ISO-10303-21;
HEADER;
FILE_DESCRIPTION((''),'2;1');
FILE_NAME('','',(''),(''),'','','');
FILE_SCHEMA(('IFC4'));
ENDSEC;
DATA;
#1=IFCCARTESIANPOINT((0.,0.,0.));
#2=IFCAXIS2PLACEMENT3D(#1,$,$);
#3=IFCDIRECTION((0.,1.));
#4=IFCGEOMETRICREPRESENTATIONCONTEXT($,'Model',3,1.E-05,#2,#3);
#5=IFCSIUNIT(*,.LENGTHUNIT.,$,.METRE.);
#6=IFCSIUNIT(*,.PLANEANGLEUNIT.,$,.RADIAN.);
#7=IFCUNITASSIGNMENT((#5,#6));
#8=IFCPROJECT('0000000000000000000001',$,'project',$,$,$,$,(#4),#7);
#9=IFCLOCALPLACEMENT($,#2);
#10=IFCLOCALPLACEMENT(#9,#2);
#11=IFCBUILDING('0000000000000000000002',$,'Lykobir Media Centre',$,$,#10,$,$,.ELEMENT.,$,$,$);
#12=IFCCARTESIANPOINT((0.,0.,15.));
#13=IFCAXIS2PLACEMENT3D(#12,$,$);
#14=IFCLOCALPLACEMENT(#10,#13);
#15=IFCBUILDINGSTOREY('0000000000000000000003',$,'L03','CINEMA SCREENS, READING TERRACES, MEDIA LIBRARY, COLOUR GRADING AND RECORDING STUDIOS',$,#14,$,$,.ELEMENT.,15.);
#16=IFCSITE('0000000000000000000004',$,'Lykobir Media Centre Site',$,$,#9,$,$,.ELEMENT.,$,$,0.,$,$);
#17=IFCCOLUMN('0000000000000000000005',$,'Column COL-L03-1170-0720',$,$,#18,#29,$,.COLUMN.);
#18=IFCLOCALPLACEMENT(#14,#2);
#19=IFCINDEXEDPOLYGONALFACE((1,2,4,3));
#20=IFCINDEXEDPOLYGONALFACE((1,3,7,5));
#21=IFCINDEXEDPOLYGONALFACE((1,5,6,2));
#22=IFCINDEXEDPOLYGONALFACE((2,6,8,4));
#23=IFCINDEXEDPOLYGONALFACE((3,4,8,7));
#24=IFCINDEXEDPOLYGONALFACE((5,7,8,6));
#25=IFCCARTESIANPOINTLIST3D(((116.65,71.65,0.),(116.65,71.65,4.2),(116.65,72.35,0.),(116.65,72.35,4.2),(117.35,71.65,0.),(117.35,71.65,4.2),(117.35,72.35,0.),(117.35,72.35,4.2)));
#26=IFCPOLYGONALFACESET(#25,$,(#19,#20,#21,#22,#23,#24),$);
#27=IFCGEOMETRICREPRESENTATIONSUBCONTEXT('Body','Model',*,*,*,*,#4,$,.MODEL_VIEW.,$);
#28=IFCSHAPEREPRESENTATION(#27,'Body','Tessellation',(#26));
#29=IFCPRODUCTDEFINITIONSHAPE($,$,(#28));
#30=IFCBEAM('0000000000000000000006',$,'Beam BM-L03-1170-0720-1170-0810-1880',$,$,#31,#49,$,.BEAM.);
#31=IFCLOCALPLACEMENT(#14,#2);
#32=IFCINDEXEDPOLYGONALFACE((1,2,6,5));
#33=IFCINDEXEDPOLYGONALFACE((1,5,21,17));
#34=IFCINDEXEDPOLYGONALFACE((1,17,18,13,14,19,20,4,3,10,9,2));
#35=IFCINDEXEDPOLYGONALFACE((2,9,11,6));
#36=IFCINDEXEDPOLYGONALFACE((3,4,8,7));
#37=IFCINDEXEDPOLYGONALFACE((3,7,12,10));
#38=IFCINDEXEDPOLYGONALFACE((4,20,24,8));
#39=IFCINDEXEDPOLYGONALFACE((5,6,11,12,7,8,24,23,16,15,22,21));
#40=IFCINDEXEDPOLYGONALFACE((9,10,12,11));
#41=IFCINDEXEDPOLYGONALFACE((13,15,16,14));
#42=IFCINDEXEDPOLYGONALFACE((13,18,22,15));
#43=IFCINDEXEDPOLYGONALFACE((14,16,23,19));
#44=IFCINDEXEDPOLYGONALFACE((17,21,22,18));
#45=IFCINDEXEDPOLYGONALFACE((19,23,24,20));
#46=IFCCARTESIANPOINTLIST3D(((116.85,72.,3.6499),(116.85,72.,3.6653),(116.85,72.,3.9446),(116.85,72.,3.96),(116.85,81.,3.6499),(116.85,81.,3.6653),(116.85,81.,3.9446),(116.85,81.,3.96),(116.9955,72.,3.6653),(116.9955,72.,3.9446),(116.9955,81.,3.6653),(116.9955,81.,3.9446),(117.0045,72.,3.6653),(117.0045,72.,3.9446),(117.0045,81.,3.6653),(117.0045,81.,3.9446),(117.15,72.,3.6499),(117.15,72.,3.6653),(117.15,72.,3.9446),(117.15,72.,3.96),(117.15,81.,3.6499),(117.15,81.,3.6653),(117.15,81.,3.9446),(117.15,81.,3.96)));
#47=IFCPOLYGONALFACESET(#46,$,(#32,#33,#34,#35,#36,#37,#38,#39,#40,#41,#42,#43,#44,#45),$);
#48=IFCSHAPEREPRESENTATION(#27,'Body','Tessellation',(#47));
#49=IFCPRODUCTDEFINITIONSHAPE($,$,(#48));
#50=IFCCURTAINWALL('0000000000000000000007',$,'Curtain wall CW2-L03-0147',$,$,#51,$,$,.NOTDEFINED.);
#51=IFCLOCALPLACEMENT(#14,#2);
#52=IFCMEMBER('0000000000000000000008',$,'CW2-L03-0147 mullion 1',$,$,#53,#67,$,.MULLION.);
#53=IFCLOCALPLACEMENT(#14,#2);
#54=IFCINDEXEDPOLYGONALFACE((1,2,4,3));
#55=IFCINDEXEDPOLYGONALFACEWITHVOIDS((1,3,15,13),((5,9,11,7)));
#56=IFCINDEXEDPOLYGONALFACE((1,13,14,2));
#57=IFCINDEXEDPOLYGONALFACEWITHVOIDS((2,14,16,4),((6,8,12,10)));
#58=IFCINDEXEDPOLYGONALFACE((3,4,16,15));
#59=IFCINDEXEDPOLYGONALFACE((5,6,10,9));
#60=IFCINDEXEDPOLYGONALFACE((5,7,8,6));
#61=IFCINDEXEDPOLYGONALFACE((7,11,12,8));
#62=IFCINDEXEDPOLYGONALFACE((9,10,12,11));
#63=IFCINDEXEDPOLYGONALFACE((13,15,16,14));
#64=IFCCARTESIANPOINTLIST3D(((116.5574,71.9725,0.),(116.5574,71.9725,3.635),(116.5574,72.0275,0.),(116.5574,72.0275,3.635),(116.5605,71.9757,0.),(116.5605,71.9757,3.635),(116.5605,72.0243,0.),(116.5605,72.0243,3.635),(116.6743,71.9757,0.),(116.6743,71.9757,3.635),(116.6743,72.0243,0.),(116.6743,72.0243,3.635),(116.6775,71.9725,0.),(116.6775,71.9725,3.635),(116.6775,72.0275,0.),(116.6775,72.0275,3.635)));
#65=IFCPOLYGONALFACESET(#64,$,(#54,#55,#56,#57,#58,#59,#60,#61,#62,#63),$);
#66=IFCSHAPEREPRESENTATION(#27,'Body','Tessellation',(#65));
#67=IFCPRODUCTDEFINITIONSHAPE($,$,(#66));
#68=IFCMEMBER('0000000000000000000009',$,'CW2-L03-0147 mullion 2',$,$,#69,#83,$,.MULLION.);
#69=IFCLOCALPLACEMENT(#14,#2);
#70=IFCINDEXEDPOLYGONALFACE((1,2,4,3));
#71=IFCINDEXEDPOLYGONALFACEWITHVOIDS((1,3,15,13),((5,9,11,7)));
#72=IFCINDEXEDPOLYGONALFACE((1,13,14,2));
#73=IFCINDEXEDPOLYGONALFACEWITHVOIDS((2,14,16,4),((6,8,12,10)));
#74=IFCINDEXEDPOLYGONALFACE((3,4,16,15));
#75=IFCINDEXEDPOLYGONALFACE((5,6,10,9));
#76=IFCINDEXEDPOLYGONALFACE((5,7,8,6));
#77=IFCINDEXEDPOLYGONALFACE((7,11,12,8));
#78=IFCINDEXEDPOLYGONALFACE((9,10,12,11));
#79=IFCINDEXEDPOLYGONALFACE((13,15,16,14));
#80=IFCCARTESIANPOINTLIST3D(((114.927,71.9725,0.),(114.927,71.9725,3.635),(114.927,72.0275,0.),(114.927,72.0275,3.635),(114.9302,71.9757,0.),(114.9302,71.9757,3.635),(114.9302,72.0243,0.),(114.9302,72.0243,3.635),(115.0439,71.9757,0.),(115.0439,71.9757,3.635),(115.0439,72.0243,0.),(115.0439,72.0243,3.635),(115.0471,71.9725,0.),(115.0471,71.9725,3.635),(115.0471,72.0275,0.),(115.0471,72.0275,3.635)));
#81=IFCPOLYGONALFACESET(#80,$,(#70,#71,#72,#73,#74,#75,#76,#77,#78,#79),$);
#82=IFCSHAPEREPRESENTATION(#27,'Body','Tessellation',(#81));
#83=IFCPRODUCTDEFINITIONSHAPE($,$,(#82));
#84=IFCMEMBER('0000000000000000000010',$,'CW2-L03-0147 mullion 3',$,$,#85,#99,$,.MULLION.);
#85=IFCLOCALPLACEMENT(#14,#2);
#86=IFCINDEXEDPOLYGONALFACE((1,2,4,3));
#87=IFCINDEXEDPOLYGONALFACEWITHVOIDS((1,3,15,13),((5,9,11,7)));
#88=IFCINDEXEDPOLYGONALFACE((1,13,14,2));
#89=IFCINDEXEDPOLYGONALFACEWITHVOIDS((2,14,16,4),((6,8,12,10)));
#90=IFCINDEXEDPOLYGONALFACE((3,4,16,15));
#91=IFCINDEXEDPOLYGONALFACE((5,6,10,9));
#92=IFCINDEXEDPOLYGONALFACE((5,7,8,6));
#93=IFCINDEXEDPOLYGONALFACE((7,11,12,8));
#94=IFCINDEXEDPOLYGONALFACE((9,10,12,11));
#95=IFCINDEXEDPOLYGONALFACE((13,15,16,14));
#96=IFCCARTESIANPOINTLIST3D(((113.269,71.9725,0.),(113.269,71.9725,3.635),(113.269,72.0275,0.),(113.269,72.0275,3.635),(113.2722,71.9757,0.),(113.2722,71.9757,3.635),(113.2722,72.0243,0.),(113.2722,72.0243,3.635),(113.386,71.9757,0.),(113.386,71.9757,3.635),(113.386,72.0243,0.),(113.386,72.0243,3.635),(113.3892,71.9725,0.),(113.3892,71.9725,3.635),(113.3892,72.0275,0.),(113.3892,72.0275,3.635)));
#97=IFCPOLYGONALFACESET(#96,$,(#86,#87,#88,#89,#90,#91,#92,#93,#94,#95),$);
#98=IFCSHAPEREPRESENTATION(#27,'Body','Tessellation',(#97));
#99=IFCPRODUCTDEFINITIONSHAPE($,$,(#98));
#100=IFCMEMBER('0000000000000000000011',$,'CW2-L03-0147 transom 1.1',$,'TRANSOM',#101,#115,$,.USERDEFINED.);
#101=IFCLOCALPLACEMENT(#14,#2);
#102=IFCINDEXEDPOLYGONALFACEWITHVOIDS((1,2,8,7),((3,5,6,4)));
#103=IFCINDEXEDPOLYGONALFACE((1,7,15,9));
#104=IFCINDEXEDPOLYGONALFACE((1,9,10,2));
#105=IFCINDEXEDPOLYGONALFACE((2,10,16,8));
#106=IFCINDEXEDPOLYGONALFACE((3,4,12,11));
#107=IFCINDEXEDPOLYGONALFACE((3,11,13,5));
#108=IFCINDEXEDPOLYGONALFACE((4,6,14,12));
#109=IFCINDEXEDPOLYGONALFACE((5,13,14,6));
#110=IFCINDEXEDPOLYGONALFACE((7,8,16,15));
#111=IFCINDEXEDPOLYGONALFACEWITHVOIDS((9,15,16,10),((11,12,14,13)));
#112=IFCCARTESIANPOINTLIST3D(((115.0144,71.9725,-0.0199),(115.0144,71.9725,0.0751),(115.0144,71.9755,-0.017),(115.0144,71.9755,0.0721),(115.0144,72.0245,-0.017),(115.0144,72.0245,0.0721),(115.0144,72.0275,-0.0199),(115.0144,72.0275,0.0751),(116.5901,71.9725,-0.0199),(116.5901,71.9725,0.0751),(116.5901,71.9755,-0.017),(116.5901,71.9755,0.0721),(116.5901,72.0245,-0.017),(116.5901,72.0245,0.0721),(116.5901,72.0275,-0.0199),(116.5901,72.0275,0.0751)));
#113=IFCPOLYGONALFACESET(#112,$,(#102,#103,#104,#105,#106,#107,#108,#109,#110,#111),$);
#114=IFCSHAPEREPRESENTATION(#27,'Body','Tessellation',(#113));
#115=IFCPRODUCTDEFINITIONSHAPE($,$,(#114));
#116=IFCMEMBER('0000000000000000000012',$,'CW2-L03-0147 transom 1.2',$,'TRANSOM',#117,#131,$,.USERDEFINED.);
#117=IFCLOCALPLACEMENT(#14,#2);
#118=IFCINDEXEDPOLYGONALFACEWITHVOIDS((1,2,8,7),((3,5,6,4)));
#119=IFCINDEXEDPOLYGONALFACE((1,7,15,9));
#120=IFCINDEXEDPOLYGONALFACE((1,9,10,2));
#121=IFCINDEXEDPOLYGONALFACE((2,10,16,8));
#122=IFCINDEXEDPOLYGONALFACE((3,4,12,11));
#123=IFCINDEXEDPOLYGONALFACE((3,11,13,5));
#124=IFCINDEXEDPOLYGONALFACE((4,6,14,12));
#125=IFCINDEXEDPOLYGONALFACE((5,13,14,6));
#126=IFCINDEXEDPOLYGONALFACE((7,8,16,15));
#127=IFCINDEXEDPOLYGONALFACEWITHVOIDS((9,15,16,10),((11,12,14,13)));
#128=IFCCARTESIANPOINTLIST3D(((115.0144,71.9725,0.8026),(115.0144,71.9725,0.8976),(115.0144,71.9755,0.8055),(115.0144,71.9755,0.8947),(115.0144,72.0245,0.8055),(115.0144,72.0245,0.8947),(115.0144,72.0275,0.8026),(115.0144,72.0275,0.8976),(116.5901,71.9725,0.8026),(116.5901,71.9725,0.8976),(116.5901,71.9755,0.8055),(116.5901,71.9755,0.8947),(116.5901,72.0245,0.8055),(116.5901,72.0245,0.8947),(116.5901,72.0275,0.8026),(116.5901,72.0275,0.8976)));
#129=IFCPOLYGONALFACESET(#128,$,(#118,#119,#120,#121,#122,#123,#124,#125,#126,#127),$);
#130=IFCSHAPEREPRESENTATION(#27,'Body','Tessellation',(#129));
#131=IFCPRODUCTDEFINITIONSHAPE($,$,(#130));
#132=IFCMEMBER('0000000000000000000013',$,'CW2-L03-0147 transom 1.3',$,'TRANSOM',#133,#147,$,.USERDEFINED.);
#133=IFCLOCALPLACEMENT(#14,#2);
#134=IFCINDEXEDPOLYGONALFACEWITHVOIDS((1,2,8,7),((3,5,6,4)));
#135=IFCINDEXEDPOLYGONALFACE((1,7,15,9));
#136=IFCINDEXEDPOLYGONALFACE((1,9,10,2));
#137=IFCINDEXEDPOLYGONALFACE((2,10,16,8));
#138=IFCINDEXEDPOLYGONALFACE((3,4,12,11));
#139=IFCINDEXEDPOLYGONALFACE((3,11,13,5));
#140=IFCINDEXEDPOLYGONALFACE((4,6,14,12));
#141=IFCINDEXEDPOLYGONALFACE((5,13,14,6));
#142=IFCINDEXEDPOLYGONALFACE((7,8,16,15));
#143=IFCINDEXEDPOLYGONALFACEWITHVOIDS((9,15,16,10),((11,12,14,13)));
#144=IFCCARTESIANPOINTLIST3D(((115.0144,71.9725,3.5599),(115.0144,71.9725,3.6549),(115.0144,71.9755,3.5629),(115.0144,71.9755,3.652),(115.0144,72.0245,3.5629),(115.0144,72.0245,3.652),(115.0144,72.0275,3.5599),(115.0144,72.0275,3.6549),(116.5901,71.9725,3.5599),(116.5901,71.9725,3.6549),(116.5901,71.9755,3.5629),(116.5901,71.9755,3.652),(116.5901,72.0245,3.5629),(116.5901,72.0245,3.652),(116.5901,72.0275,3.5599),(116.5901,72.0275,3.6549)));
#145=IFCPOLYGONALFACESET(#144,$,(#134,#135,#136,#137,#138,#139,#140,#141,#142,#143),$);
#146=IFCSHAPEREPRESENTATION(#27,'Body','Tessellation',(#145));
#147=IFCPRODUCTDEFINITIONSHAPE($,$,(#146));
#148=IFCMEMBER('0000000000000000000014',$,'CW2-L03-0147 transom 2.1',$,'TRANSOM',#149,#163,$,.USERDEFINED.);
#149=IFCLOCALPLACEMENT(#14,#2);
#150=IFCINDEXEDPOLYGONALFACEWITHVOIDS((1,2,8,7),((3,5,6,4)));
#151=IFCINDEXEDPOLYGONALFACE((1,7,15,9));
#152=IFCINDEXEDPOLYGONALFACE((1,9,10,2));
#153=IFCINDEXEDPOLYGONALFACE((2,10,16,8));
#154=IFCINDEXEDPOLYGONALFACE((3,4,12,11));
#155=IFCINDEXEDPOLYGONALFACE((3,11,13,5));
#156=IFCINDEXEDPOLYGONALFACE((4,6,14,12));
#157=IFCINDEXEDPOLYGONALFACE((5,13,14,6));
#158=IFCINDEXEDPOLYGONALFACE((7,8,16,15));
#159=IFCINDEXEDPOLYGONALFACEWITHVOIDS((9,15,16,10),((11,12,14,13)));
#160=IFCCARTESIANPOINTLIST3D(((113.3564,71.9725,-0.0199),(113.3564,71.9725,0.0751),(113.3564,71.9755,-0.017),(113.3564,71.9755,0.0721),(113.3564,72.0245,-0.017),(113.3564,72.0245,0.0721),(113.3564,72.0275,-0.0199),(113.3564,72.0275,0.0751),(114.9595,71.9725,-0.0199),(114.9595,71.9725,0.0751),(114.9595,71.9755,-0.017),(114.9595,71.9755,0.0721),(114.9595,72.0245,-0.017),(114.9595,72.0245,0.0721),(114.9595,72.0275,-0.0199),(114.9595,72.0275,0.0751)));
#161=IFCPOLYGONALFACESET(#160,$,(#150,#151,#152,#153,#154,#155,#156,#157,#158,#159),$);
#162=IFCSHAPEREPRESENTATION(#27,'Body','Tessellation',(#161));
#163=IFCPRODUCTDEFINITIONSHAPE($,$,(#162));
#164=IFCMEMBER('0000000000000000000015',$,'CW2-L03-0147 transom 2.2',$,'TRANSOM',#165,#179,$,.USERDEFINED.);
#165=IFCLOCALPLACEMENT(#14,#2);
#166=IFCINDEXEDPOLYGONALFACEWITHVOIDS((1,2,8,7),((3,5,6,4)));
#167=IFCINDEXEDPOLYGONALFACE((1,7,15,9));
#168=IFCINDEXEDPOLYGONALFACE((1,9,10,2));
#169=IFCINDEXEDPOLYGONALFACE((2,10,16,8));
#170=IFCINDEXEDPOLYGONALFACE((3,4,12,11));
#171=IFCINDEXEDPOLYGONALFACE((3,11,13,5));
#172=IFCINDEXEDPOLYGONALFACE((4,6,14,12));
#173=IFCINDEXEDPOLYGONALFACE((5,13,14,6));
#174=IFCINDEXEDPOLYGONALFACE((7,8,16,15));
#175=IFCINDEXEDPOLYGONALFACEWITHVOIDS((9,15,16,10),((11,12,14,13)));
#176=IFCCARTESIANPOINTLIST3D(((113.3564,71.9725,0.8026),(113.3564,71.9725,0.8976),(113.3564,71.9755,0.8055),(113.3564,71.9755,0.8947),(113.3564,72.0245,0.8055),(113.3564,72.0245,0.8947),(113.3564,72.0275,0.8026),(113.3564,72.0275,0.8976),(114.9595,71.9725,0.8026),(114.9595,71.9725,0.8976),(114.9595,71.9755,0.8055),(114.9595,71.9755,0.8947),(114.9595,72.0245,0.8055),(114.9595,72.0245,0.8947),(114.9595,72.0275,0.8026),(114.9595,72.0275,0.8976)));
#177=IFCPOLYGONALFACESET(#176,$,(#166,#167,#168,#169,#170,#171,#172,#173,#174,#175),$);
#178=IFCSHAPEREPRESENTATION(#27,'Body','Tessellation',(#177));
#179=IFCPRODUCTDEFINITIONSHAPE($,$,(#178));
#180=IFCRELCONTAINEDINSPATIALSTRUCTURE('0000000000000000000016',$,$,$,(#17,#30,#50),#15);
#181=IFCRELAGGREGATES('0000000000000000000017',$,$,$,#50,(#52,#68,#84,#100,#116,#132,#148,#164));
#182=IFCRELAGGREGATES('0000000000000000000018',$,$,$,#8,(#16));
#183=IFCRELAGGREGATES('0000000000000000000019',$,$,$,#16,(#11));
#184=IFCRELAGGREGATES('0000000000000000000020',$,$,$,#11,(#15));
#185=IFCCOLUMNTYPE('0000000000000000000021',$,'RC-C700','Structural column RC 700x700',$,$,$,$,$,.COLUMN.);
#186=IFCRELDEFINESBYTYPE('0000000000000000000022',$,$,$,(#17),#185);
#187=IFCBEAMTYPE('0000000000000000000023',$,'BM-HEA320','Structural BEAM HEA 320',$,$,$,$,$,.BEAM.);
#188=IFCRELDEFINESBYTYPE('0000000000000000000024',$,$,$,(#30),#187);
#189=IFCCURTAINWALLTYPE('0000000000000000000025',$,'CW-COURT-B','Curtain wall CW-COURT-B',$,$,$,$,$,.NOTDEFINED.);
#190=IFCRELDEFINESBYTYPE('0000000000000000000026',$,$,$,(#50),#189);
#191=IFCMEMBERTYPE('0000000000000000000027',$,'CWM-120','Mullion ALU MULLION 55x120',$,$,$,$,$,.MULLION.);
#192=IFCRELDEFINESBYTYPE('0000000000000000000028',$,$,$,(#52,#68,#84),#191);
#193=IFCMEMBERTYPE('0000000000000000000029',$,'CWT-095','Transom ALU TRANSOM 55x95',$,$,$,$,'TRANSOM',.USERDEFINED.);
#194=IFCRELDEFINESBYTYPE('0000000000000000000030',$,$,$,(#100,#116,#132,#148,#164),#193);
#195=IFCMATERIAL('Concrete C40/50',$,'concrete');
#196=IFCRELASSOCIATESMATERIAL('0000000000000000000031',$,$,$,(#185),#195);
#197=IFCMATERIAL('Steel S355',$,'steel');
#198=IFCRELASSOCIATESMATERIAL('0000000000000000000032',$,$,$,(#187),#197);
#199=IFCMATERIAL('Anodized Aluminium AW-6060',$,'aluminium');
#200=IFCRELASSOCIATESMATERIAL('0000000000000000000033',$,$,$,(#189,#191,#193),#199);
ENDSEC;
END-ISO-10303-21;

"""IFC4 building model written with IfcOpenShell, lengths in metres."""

from ifc_helpers import new_model, si_unit, direction, frame, origin, origin_2d, place, context, subcontext, project, spatial, rectangle, hollow_rectangle, i_section, extrude, material, material_profile, profile_set, type_object, element, aggregate, save


model = new_model("IFC4")

# Units and contexts
model_context = context("Model", 3, precision=1e-05, world=origin(), true_north=direction((0.0, 1.0)))
body_context = subcontext(model_context, "Body", "Model", "MODEL_VIEW")
ifc_project = project(units=[si_unit("LENGTHUNIT", "METRE"), si_unit("PLANEANGLEUNIT", "RADIAN")], contexts=[model_context])

# Site, building, storey
site_placement = place(None, origin())
site = spatial("IfcSite", under=ifc_project, at=site_placement, Name="Lykobir Media Centre Site", CompositionType="ELEMENT", RefElevation=0.0)
building_placement = place(site_placement, origin())
building = spatial("IfcBuilding", under=site, at=building_placement, Name="Lykobir Media Centre", CompositionType="ELEMENT")
storey_placement = place(building_placement, frame((0.0, 0.0, 15.0)))
storey = spatial("IfcBuildingStorey", under=building, at=storey_placement, Name="L03", Description="CINEMA SCREENS, READING TERRACES, MEDIA LIBRARY, COLOUR GRADING AND RECORDING STUDIOS", CompositionType="ELEMENT", Elevation=15.0)

# Column
ifc_material_1 = material(Name="Concrete C40/50", Category="concrete")
ifc_material_profile_1 = material_profile(ifc_material_1, rectangle(XDim=0.7, YDim=0.7, at=origin_2d()), Name="RC 700x700")
ifc_profile_set_1 = profile_set([ifc_material_profile_1], Name="Concrete C40/50")
column_type = type_object("IfcColumnType", Name="RC-C700", Description="Structural column RC 700x700", PredefinedType="COLUMN", material=ifc_profile_set_1)
column_placement = place(storey_placement, frame((117.0, 72.0, 0.0), z_axis=(0.0, 0.0, 1.0), x_axis=(1.0, 0.0, 0.0)))
element("IfcColumn", 1, at=column_placement, inside=storey, type_object=column_type, Name="Column COL-L03-1170-0720", PredefinedType="COLUMN", context=body_context, shape_type="SweptSolid", body=[
    extrude(rectangle(XDim=0.7, YDim=0.7, at=origin_2d()), origin(), (0.0, 0.0, 1.0), 4.2),
])

# Beam
ifc_material_2 = material(Name="Steel S355", Category="steel")
ifc_material_profile_2 = material_profile(ifc_material_2, i_section(OverallWidth=0.3, OverallDepth=0.3101, WebThickness=0.009, FlangeThickness=0.0154, at=origin_2d()), Name="HEA 320")
ifc_profile_set_2 = profile_set([ifc_material_profile_2], Name="Steel S355")
beam_type_1 = type_object("IfcBeamType", Name="BM-HEA320", Description="Structural BEAM HEA 320", PredefinedType="BEAM", material=ifc_profile_set_2)
beam_1_placement = place(storey_placement, frame((117.0, 72.0, 3.8049), z_axis=(0.0, 1.0, 0.0), x_axis=(-1.0, 0.0, 0.0)))
element("IfcBeam", 2, at=beam_1_placement, inside=storey, type_object=beam_type_1, Name="Beam BM-L03-1170-0720-1170-0810-1880", PredefinedType="BEAM", context=body_context, shape_type="SweptSolid", body=[
    extrude(i_section(OverallWidth=0.3, OverallDepth=0.3101, WebThickness=0.009, FlangeThickness=0.0154, at=origin_2d()), origin(), (0.0, 0.0, 1.0), 9.0),
])

# Curtain wall, members
ifc_material_3 = material(Name="Anodized Aluminium AW-6060", Category="aluminium")
curtain_wall_type = type_object("IfcCurtainWallType", Name="CW-COURT-B", Description="Curtain wall CW-COURT-B", PredefinedType="NOTDEFINED", material=ifc_material_3)
curtain_wall_placement = place(storey_placement, origin())
curtain_wall = element("IfcCurtainWall", 3, at=curtain_wall_placement, inside=storey, type_object=curtain_wall_type, Name="Curtain wall CW2-L03-0147", PredefinedType="NOTDEFINED")
ifc_material_profile_3 = material_profile(ifc_material_3, hollow_rectangle(XDim=0.0549, YDim=0.1201, WallThickness=0.0032, at=origin_2d()), Name="ALU MULLION 55x120")
ifc_profile_set_3 = profile_set([ifc_material_profile_3], Name="Anodized Aluminium AW-6060")
member_type_1 = type_object("IfcMemberType", Name="CWM-120", Description="Mullion ALU MULLION 55x120", PredefinedType="MULLION", material=ifc_profile_set_3)
member_1_placement = place(storey_placement, frame((116.6174, 72.0, 0.0), z_axis=(0.0, 0.0, 1.0), x_axis=(0.0, -1.0, 0.0)))
member_1 = element("IfcMember", 4, at=member_1_placement, type_object=member_type_1, Name="CW2-L03-0147 mullion 1", PredefinedType="MULLION", context=body_context, shape_type="SweptSolid", body=[
    extrude(hollow_rectangle(XDim=0.0549, YDim=0.1201, WallThickness=0.0032, at=origin_2d()), origin(), (0.0, 0.0, 1.0), 3.635),
])
member_2_placement = place(storey_placement, frame((114.9871, 72.0, 0.0), z_axis=(0.0, 0.0, 1.0), x_axis=(0.0, -1.0, 0.0)))
member_2 = element("IfcMember", 5, at=member_2_placement, type_object=member_type_1, Name="CW2-L03-0147 mullion 2", PredefinedType="MULLION", context=body_context, shape_type="SweptSolid", body=[
    extrude(hollow_rectangle(XDim=0.0549, YDim=0.1201, WallThickness=0.0032, at=origin_2d()), origin(), (0.0, 0.0, 1.0), 3.635),
])
member_3_placement = place(storey_placement, frame((113.3291, 72.0, 0.0), z_axis=(0.0, 0.0, 1.0), x_axis=(0.0, -1.0, 0.0)))
member_3 = element("IfcMember", 6, at=member_3_placement, type_object=member_type_1, Name="CW2-L03-0147 mullion 3", PredefinedType="MULLION", context=body_context, shape_type="SweptSolid", body=[
    extrude(hollow_rectangle(XDim=0.0549, YDim=0.1201, WallThickness=0.0032, at=origin_2d()), origin(), (0.0, 0.0, 1.0), 3.635),
])
ifc_material_profile_4 = material_profile(ifc_material_3, hollow_rectangle(XDim=0.0549, YDim=0.095, WallThickness=0.0029, at=origin_2d()), Name="ALU TRANSOM 55x95")
ifc_profile_set_4 = profile_set([ifc_material_profile_4], Name="Anodized Aluminium AW-6060")
member_type_2 = type_object("IfcMemberType", Name="CWT-095", Description="Transom ALU TRANSOM 55x95", ElementType="TRANSOM", PredefinedType="USERDEFINED", material=ifc_profile_set_4)
member_4_placement = place(storey_placement, frame((116.5901, 72.0, 0.0276), z_axis=(-1.0, 0.0, 0.0), x_axis=(0.0, -1.0, 0.0)))
member_4 = element("IfcMember", 7, at=member_4_placement, type_object=member_type_2, Name="CW2-L03-0147 transom 1.1", ObjectType="TRANSOM", PredefinedType="USERDEFINED", context=body_context, shape_type="SweptSolid", body=[
    extrude(hollow_rectangle(XDim=0.0549, YDim=0.095, WallThickness=0.0029, at=origin_2d()), origin(), (0.0, 0.0, 1.0), 1.5757),
])
member_5_placement = place(storey_placement, frame((116.5901, 72.0, 0.8501), z_axis=(-1.0, 0.0, 0.0), x_axis=(0.0, -1.0, 0.0)))
member_5 = element("IfcMember", 8, at=member_5_placement, type_object=member_type_2, Name="CW2-L03-0147 transom 1.2", ObjectType="TRANSOM", PredefinedType="USERDEFINED", context=body_context, shape_type="SweptSolid", body=[
    extrude(hollow_rectangle(XDim=0.0549, YDim=0.095, WallThickness=0.0029, at=origin_2d()), origin(), (0.0, 0.0, 1.0), 1.5757),
])
member_6_placement = place(storey_placement, frame((116.5901, 72.0, 3.6074), z_axis=(-1.0, 0.0, 0.0), x_axis=(0.0, -1.0, 0.0)))
member_6 = element("IfcMember", 9, at=member_6_placement, type_object=member_type_2, Name="CW2-L03-0147 transom 1.3", ObjectType="TRANSOM", PredefinedType="USERDEFINED", context=body_context, shape_type="SweptSolid", body=[
    extrude(hollow_rectangle(XDim=0.0549, YDim=0.095, WallThickness=0.0029, at=origin_2d()), origin(), (0.0, 0.0, 1.0), 1.5757),
])
member_7_placement = place(storey_placement, frame((114.9595, 72.0, 0.0276), z_axis=(-1.0, 0.0, 0.0), x_axis=(0.0, -1.0, 0.0)))
member_7 = element("IfcMember", 10, at=member_7_placement, type_object=member_type_2, Name="CW2-L03-0147 transom 2.1", ObjectType="TRANSOM", PredefinedType="USERDEFINED", context=body_context, shape_type="SweptSolid", body=[
    extrude(hollow_rectangle(XDim=0.0549, YDim=0.095, WallThickness=0.0029, at=origin_2d()), origin(), (0.0, 0.0, 1.0), 1.603),
])
member_8_placement = place(storey_placement, frame((114.9595, 72.0, 0.8501), z_axis=(-1.0, 0.0, 0.0), x_axis=(0.0, -1.0, 0.0)))
member_8 = element("IfcMember", 11, at=member_8_placement, type_object=member_type_2, Name="CW2-L03-0147 transom 2.2", ObjectType="TRANSOM", PredefinedType="USERDEFINED", context=body_context, shape_type="SweptSolid", body=[
    extrude(hollow_rectangle(XDim=0.0549, YDim=0.095, WallThickness=0.0029, at=origin_2d()), origin(), (0.0, 0.0, 1.0), 1.603),
])

aggregate(curtain_wall, [member_1, member_2, member_3, member_4, member_5, member_6, member_7, member_8])

save(model, "model.ifc")
